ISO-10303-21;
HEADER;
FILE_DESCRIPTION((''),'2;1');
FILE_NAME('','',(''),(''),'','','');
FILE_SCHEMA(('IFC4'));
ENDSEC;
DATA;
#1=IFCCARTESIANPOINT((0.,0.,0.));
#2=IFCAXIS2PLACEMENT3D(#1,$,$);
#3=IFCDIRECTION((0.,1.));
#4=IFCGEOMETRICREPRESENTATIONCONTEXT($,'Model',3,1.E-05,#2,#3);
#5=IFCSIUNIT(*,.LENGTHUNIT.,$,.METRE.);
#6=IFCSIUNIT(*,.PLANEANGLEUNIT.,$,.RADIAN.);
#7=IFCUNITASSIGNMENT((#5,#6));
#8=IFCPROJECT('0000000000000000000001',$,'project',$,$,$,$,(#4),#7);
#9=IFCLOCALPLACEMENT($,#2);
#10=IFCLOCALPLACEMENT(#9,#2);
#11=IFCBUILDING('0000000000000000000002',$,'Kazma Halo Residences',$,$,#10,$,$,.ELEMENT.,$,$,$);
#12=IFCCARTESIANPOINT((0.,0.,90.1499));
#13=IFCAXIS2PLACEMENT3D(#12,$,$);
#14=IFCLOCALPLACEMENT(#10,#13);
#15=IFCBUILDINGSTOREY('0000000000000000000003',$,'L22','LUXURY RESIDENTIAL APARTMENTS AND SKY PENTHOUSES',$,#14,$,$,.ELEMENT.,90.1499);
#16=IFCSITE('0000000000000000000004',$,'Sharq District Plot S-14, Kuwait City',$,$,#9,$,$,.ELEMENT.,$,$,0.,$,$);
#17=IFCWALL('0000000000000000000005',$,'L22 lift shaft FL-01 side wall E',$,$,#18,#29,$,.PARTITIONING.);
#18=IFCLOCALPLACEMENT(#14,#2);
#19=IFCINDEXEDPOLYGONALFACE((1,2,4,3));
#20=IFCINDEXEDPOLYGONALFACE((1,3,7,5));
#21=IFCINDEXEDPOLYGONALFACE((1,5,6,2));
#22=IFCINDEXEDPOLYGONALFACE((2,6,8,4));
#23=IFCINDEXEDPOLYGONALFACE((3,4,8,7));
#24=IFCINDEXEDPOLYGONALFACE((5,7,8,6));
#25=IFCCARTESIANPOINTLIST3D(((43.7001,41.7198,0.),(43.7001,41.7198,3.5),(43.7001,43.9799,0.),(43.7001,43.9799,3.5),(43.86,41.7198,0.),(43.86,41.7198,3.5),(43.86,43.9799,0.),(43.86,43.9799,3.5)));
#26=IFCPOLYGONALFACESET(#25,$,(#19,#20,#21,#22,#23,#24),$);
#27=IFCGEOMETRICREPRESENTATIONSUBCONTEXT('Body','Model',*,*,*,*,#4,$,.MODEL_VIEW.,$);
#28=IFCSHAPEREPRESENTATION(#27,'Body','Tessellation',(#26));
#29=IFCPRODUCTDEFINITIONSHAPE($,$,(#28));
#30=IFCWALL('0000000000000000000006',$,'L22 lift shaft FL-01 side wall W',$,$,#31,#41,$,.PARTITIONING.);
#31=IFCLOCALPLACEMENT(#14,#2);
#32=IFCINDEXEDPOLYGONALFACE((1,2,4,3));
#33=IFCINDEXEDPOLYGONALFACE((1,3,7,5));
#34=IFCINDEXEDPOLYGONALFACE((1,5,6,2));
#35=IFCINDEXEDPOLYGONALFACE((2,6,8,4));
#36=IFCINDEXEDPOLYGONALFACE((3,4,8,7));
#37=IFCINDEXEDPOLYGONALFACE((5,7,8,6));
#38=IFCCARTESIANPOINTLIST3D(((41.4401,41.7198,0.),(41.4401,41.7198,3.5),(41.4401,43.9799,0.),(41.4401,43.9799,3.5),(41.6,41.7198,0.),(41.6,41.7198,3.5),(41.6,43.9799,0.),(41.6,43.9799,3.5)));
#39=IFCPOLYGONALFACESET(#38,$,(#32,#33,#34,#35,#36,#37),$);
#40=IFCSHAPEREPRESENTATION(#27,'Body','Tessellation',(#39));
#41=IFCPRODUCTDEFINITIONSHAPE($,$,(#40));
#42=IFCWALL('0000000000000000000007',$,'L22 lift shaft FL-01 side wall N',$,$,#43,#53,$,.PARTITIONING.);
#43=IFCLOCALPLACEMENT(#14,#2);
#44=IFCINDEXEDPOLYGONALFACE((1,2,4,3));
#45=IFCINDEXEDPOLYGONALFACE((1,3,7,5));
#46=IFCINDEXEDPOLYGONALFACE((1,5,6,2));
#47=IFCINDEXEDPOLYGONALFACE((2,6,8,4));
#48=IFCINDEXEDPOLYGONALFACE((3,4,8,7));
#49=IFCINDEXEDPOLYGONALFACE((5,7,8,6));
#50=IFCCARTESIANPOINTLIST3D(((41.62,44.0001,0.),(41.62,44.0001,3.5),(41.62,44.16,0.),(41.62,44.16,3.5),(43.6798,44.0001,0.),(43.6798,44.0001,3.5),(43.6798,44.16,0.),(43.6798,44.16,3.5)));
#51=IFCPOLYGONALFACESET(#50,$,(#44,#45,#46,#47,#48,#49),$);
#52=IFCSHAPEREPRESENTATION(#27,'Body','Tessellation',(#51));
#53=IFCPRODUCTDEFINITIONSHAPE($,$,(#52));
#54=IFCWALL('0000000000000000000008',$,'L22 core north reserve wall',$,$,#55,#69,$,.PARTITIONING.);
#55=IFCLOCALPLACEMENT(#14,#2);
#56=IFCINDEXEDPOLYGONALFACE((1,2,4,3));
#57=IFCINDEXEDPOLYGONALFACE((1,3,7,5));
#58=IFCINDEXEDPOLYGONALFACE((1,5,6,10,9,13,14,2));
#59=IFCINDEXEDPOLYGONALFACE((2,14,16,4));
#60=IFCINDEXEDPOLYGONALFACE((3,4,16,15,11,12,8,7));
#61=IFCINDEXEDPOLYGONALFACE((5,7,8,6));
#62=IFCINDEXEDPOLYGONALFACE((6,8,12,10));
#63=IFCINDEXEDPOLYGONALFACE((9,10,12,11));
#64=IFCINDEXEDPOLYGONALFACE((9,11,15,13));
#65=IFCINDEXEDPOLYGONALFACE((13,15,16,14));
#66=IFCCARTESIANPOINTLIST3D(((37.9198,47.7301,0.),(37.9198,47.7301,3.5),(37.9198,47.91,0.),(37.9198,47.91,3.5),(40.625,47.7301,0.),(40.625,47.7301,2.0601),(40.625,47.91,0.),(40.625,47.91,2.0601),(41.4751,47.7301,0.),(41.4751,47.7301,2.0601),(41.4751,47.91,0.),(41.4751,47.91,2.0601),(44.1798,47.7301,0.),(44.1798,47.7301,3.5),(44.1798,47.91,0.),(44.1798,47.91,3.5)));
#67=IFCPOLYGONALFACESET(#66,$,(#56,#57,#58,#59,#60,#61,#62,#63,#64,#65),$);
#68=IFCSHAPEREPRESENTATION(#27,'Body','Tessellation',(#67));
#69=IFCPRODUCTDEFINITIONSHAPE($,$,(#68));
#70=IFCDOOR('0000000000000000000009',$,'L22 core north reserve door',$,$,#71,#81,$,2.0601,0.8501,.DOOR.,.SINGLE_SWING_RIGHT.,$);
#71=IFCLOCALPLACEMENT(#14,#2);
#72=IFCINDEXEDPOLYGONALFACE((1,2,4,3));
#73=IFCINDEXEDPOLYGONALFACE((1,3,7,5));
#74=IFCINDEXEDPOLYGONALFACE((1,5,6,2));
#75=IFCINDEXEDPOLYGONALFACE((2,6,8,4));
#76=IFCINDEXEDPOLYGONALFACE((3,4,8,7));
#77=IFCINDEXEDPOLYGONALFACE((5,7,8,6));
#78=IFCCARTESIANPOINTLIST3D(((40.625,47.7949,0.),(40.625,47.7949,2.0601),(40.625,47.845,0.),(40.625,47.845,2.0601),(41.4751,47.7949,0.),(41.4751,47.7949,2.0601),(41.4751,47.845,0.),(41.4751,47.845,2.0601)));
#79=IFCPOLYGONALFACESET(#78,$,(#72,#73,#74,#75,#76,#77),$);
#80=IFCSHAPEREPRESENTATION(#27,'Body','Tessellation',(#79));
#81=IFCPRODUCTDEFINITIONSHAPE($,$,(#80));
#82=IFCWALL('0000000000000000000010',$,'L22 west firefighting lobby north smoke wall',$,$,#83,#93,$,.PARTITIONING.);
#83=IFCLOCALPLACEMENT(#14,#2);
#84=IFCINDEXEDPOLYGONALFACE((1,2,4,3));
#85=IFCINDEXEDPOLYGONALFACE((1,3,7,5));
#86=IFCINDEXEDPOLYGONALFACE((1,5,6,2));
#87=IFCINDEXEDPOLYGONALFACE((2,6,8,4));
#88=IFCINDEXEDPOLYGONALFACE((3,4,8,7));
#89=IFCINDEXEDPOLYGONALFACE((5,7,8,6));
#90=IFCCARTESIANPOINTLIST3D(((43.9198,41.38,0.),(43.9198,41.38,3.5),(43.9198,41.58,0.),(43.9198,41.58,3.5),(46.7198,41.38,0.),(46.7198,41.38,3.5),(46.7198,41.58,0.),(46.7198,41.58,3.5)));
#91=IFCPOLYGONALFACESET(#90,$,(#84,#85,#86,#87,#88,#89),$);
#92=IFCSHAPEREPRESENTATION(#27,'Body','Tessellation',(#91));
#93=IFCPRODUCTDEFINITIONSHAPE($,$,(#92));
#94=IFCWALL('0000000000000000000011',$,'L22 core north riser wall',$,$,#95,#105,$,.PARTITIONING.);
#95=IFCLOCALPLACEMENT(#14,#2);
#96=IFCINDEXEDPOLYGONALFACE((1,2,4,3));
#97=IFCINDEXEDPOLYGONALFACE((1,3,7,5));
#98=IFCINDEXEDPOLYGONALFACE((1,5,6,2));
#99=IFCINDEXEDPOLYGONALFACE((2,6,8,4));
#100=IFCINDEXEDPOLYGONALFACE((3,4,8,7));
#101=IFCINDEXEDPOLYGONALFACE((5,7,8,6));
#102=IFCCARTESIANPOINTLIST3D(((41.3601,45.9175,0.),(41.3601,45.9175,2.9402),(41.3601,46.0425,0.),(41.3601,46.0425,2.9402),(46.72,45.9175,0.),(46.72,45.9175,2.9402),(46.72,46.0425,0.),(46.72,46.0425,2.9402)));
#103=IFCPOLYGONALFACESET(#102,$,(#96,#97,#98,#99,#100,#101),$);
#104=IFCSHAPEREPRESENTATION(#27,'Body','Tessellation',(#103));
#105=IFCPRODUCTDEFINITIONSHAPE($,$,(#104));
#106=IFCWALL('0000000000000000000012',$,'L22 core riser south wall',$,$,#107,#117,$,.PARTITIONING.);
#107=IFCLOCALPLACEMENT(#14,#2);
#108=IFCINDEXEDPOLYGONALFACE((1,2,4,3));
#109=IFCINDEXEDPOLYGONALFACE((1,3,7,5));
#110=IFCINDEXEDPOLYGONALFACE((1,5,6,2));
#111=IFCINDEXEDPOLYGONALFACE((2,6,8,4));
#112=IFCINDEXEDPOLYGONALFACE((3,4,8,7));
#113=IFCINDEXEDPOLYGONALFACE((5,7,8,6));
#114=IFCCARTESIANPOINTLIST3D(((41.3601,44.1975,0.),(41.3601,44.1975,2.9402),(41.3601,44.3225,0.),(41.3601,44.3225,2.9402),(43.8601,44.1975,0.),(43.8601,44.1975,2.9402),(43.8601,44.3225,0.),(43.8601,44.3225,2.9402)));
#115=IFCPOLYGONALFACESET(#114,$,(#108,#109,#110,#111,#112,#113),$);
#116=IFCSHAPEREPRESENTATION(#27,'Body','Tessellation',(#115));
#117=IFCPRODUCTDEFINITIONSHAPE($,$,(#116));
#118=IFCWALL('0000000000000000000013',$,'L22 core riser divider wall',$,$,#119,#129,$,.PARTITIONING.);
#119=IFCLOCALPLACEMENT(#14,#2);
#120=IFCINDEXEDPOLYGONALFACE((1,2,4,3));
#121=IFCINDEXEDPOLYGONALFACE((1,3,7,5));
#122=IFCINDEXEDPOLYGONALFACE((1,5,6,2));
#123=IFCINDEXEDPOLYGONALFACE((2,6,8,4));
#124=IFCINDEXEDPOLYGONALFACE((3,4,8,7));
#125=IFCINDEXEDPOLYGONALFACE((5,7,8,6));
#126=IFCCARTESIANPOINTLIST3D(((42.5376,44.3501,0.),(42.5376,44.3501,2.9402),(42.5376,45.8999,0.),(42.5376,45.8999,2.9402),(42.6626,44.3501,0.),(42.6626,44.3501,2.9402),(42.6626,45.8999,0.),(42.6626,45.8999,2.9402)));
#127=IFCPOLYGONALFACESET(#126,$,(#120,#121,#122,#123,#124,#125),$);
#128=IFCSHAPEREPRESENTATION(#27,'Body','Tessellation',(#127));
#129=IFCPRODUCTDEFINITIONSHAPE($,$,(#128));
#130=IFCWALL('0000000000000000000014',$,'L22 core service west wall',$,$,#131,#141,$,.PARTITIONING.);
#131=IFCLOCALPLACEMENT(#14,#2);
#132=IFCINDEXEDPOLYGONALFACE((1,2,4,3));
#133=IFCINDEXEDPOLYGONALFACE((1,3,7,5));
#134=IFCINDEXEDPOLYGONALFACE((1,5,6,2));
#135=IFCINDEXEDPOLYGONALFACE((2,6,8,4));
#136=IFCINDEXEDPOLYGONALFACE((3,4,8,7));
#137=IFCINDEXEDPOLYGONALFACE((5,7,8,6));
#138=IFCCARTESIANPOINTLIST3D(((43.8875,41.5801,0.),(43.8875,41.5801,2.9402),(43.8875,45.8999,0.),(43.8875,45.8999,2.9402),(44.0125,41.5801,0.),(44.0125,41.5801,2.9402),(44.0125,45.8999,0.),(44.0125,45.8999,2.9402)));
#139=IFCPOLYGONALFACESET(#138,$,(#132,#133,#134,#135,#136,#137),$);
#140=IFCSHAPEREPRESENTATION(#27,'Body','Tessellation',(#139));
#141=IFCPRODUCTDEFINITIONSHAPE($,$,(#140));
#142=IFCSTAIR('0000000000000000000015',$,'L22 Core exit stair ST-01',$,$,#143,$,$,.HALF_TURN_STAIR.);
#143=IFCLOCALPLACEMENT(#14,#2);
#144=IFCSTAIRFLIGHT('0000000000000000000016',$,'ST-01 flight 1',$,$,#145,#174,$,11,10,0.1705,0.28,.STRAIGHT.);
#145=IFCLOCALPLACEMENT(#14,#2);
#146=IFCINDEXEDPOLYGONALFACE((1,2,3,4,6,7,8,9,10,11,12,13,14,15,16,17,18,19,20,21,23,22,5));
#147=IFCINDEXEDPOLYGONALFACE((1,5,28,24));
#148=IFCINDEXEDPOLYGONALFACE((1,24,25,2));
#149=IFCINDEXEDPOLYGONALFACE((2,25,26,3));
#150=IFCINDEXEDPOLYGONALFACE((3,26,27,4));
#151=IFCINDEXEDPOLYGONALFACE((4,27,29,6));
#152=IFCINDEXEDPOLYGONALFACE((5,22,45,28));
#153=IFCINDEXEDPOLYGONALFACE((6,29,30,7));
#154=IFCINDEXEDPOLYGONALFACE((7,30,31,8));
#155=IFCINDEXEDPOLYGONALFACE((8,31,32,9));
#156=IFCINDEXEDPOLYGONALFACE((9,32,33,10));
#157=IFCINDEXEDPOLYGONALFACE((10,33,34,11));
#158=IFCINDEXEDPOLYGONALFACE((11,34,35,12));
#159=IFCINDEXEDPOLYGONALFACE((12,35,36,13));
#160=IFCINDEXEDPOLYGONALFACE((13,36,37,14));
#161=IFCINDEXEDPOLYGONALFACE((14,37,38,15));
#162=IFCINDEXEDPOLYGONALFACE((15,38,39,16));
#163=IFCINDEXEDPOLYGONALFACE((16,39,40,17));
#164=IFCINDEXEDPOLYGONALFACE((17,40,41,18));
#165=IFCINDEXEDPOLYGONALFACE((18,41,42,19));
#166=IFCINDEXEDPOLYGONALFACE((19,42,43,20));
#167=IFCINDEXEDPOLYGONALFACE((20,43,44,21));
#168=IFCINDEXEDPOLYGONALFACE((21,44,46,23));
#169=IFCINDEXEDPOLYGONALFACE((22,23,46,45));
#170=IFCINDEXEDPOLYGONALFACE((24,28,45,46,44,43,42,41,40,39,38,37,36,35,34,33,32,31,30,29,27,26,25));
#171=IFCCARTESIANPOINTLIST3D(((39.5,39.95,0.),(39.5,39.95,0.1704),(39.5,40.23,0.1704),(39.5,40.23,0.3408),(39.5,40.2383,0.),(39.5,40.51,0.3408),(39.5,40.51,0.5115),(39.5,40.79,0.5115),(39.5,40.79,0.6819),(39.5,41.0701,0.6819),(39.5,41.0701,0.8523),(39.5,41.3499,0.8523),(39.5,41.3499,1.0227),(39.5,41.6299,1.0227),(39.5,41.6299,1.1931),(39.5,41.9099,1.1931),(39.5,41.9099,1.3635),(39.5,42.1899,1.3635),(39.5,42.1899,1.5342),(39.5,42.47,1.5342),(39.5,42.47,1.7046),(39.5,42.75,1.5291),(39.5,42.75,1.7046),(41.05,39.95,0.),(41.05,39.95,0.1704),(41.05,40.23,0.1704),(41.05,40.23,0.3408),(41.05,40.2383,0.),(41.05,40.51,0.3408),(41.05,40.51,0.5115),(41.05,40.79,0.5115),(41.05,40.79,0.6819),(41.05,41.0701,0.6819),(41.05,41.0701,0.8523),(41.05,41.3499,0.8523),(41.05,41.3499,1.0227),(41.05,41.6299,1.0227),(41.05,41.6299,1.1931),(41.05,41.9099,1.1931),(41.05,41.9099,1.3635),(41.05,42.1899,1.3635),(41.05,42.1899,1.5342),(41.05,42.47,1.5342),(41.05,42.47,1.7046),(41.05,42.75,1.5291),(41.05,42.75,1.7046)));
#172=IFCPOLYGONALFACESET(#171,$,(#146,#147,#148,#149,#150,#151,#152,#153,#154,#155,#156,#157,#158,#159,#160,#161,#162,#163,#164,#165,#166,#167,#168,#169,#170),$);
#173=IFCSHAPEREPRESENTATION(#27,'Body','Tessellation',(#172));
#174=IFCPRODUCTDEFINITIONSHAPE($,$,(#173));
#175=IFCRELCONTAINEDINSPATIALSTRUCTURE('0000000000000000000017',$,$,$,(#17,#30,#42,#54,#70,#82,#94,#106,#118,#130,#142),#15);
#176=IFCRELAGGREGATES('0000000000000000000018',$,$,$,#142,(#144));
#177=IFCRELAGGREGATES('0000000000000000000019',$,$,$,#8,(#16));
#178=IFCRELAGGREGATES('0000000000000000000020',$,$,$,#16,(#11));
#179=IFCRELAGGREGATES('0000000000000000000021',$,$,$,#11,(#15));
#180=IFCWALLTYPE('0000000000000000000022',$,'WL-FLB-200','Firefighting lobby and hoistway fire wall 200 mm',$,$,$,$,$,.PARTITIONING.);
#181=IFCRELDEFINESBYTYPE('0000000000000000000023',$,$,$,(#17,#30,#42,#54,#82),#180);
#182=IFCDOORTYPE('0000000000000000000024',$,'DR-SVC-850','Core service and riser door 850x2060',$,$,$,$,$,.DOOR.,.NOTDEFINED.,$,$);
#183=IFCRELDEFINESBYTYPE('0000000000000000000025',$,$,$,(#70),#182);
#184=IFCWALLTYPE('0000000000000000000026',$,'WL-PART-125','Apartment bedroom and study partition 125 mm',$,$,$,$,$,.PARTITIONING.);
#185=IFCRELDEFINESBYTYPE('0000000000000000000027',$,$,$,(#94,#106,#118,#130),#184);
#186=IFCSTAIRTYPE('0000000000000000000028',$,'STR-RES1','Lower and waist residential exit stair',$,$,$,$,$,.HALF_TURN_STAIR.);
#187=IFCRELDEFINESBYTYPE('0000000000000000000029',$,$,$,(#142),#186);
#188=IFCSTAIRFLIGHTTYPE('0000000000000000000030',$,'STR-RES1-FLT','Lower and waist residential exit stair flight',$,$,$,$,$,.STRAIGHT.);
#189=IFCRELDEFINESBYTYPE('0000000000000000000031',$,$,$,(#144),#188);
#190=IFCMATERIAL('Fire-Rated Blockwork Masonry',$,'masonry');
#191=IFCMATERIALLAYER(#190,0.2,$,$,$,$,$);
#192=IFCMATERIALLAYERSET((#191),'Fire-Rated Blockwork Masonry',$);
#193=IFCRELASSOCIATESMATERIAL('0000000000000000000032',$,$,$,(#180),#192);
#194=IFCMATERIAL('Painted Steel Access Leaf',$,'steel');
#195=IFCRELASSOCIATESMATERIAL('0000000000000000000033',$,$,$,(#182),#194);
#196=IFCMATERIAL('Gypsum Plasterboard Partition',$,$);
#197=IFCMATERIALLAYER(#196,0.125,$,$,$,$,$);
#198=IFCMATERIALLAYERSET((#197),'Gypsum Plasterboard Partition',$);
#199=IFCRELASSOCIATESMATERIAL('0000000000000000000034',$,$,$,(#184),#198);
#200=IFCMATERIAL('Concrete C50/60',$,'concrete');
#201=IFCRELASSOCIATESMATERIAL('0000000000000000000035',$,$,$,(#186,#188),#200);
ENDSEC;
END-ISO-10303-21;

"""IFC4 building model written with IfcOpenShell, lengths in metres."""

from ifc_helpers import new_model, si_unit, direction, frame, frame_2d, origin, place, context, subcontext, project, spatial, polyline, rectangle, outline, extrude, material, layer, layer_set, type_object, element, fill, aggregate, save


model = new_model("IFC4")

# Units and contexts
model_context = context("Model", 3, precision=1e-05, world=origin(), true_north=direction((0.0, 1.0)))
body_context = subcontext(model_context, "Body", "Model", "MODEL_VIEW")
ifc_project = project(units=[si_unit("LENGTHUNIT", "METRE"), si_unit("PLANEANGLEUNIT", "RADIAN")], contexts=[model_context])

# Site, building, storey
site_placement = place(None, origin())
site = spatial("IfcSite", under=ifc_project, at=site_placement, Name="Sharq District Plot S-14, Kuwait City", CompositionType="ELEMENT", RefElevation=0.0)
building_placement = place(site_placement, origin())
building = spatial("IfcBuilding", under=site, at=building_placement, Name="Kazma Halo Residences", CompositionType="ELEMENT")
storey_placement = place(building_placement, frame((0.0, 0.0, 90.1499)))
storey = spatial("IfcBuildingStorey", under=building, at=storey_placement, Name="L22", Description="LUXURY RESIDENTIAL APARTMENTS AND SKY PENTHOUSES", CompositionType="ELEMENT", Elevation=90.1499)

# Shared definitions
ifc_material_1 = material(Name="Fire-Rated Blockwork Masonry", Category="masonry")
ifc_layer_1 = layer(ifc_material_1, 0.2)
ifc_layer_set_1 = layer_set([ifc_layer_1], Name="Fire-Rated Blockwork Masonry")
wall_type_1 = type_object("IfcWallType", Name="WL-FLB-200", Description="Firefighting lobby and hoistway fire wall 200 mm", PredefinedType="PARTITIONING", material=ifc_layer_set_1)

# Walls
for number, where, z_axis, x_axis, name in (
    (1, (43.78, 41.72, 0.0), (0.0, 0.0, 1.0), (0.0, 1.0, 0.0), "L22 lift shaft FL-01 side wall E"),
    (2, (41.52, 41.72, 0.0), (0.0, 0.0, 1.0), (0.0, 1.0, 0.0), "L22 lift shaft FL-01 side wall W"),
):
    element("IfcWall", number, at=place(storey_placement, frame(where, z_axis=z_axis, x_axis=x_axis)), inside=storey, type_object=wall_type_1, Name=name, PredefinedType="PARTITIONING", context=body_context, shape_type="SweptSolid", body=[
        extrude(rectangle(XDim=2.26, YDim=0.1599, at=frame_2d((1.1299, 0.0))), origin(), (0.0, 0.0, 1.0), 3.5),
    ])
wall_1_placement = place(storey_placement, frame((41.6201, 44.0801, 0.0), z_axis=(0.0, 0.0, 1.0), x_axis=(1.0, 0.0, 0.0)))
element("IfcWall", 3, at=wall_1_placement, inside=storey, type_object=wall_type_1, Name="L22 lift shaft FL-01 side wall N", PredefinedType="PARTITIONING", context=body_context, shape_type="SweptSolid", body=[
    extrude(rectangle(XDim=2.0598, YDim=0.1599, at=frame_2d((1.0298, 0.0))), origin(), (0.0, 0.0, 1.0), 3.5),
])

# Wall, opening, door
wall_2_placement = place(storey_placement, frame((37.9199, 47.8201, 0.0), z_axis=(0.0, 0.0, 1.0), x_axis=(1.0, 0.0, 0.0)))
wall_2 = element("IfcWall", 4, at=wall_2_placement, inside=storey, type_object=wall_type_1, Name="L22 core north reserve wall", PredefinedType="PARTITIONING", context=body_context, shape_type="SweptSolid", body=[
    extrude(rectangle(XDim=6.26, YDim=0.1799, at=frame_2d((3.1299, 0.0))), origin(), (0.0, 0.0, 1.0), 3.5),
])
opening_1_placement = place(wall_2_placement, frame((2.7051, 0.0, 0.0)))
opening_1 = element("IfcOpeningElement", 5, at=opening_1_placement, cuts=wall_2, PredefinedType="OPENING", context=body_context, shape_type="SweptSolid", body=[
    extrude(rectangle(XDim=0.8501, YDim=2.0601, at=frame_2d((0.425, 1.03))), frame((0.0, 0.0999, 0.0), z_axis=(0.0, -1.0, 0.0), x_axis=(1.0, 0.0, 0.0)), (0.0, 0.0, 1.0), 0.2),
])
ifc_material_2 = material(Name="Painted Steel Access Leaf", Category="steel")
door_type_1 = type_object("IfcDoorType", Name="DR-SVC-850", Description="Core service and riser door 850x2060", OperationType="NOTDEFINED", PredefinedType="DOOR", material=ifc_material_2)
door_1_placement = place(opening_1_placement, origin())
door_1 = element("IfcDoor", 6, at=door_1_placement, inside=storey, type_object=door_type_1, Name="L22 core north reserve door", OperationType="SINGLE_SWING_RIGHT", OverallHeight=2.0601, OverallWidth=0.8501, PredefinedType="DOOR", context=body_context, shape_type="SweptSolid", body=[
    extrude(rectangle(XDim=0.8501, YDim=2.0601, at=frame_2d((0.425, 1.03))), frame((0.0, 0.0249, 0.0), z_axis=(0.0, -1.0, 0.0), x_axis=(1.0, 0.0, 0.0)), (0.0, 0.0, 1.0), 0.05),
])
fill(opening_1, door_1)

# Walls
wall_3_placement = place(storey_placement, frame((43.9199, 41.48, 0.0), z_axis=(0.0, 0.0, 1.0), x_axis=(1.0, 0.0, 0.0)))
element("IfcWall", 7, at=wall_3_placement, inside=storey, type_object=wall_type_1, Name="L22 west firefighting lobby north smoke wall", PredefinedType="PARTITIONING", context=body_context, shape_type="SweptSolid", body=[
    extrude(rectangle(XDim=2.8, YDim=0.2, at=frame_2d((1.3999, 0.0))), origin(), (0.0, 0.0, 1.0), 3.5),
])
ifc_material_3 = material(Name="Gypsum Plasterboard Partition")
ifc_layer_2 = layer(ifc_material_3, 0.125)
ifc_layer_set_2 = layer_set([ifc_layer_2], Name="Gypsum Plasterboard Partition")
wall_type_2 = type_object("IfcWallType", Name="WL-PART-125", Description="Apartment bedroom and study partition 125 mm", PredefinedType="PARTITIONING", material=ifc_layer_set_2)
wall_4_placement = place(storey_placement, frame((41.3601, 45.98, 0.0), z_axis=(0.0, 0.0, 1.0), x_axis=(1.0, 0.0, 0.0)))
element("IfcWall", 8, at=wall_4_placement, inside=storey, type_object=wall_type_2, Name="L22 core north riser wall", PredefinedType="PARTITIONING", context=body_context, shape_type="SweptSolid", body=[
    extrude(rectangle(XDim=5.3599, YDim=0.125, at=frame_2d((2.6799, 0.0))), origin(), (0.0, 0.0, 1.0), 2.9402),
])
wall_5_placement = place(storey_placement, frame((41.3601, 44.26, 0.0), z_axis=(0.0, 0.0, 1.0), x_axis=(1.0, 0.0, 0.0)))
element("IfcWall", 9, at=wall_5_placement, inside=storey, type_object=wall_type_2, Name="L22 core riser south wall", PredefinedType="PARTITIONING", context=body_context, shape_type="SweptSolid", body=[
    extrude(rectangle(XDim=2.5, YDim=0.125, at=frame_2d((1.25, 0.0))), origin(), (0.0, 0.0, 1.0), 2.9402),
])
wall_6_placement = place(storey_placement, frame((42.6001, 44.3501, 0.0), z_axis=(0.0, 0.0, 1.0), x_axis=(0.0, 1.0, 0.0)))
element("IfcWall", 10, at=wall_6_placement, inside=storey, type_object=wall_type_2, Name="L22 core riser divider wall", PredefinedType="PARTITIONING", context=body_context, shape_type="SweptSolid", body=[
    extrude(rectangle(XDim=1.5498, YDim=0.125, at=frame_2d((0.7749, 0.0))), origin(), (0.0, 0.0, 1.0), 2.9402),
])
wall_7_placement = place(storey_placement, frame((43.95, 41.5801, 0.0), z_axis=(0.0, 0.0, 1.0), x_axis=(0.0, 1.0, 0.0)))
element("IfcWall", 11, at=wall_7_placement, inside=storey, type_object=wall_type_2, Name="L22 core service west wall", PredefinedType="PARTITIONING", context=body_context, shape_type="SweptSolid", body=[
    extrude(rectangle(XDim=4.3198, YDim=0.125, at=frame_2d((2.1599, 0.0))), origin(), (0.0, 0.0, 1.0), 2.9402),
])

# Stair, stair flight
ifc_material_4 = material(Name="Concrete C50/60", Category="concrete")
stair_type = type_object("IfcStairType", Name="STR-RES1", Description="Lower and waist residential exit stair", PredefinedType="HALF_TURN_STAIR", material=ifc_material_4)
stair_placement = place(storey_placement, origin())
stair = element("IfcStair", 12, at=stair_placement, inside=storey, type_object=stair_type, Name="L22 Core exit stair ST-01", PredefinedType="HALF_TURN_STAIR")
stair_flight_type = type_object("IfcStairFlightType", Name="STR-RES1-FLT", Description="Lower and waist residential exit stair flight", PredefinedType="STRAIGHT", material=ifc_material_4)
stair_flight_1_placement = place(storey_placement, frame((40.2749, 39.95, 0.0), z_axis=(0.0, 0.0, 1.0), x_axis=(0.0, 1.0, 0.0)))
stair_flight_1 = element("IfcStairFlight", 13, at=stair_flight_1_placement, type_object=stair_flight_type, Name="ST-01 flight 1", NumberOfRisers=11, NumberOfTreads=10, PredefinedType="STRAIGHT", RiserHeight=0.1705, TreadLength=0.28, context=body_context, shape_type="SweptSolid", body=[
    extrude(outline(polyline([(0.0, 0.0), (0.0, 0.1704), (0.28, 0.1704), (0.28, 0.3408), (0.5601, 0.3408), (0.5601, 0.5115), (0.8401, 0.5115), (0.8401, 0.6819), (1.1201, 0.6819), (1.1201, 0.8523), (1.3999, 0.8523), (1.3999, 1.0227), (1.6799, 1.0227), (1.6799, 1.1931), (1.96, 1.1931), (1.96, 1.3635), (2.24, 1.3635), (2.24, 1.5342), (2.52, 1.5342), (2.52, 1.7046), (2.8, 1.7046), (2.8, 1.875), (2.8, 1.5291), (0.2883, 0.0), (0.0, 0.0)])), frame((0.0, 0.7749, 0.0), z_axis=(0.0, -1.0, 0.0), x_axis=(1.0, 0.0, 0.0)), (0.0, 0.0, 1.0), 1.55),
])
aggregate(stair, [stair_flight_1])

save(model, "model.ifc")
